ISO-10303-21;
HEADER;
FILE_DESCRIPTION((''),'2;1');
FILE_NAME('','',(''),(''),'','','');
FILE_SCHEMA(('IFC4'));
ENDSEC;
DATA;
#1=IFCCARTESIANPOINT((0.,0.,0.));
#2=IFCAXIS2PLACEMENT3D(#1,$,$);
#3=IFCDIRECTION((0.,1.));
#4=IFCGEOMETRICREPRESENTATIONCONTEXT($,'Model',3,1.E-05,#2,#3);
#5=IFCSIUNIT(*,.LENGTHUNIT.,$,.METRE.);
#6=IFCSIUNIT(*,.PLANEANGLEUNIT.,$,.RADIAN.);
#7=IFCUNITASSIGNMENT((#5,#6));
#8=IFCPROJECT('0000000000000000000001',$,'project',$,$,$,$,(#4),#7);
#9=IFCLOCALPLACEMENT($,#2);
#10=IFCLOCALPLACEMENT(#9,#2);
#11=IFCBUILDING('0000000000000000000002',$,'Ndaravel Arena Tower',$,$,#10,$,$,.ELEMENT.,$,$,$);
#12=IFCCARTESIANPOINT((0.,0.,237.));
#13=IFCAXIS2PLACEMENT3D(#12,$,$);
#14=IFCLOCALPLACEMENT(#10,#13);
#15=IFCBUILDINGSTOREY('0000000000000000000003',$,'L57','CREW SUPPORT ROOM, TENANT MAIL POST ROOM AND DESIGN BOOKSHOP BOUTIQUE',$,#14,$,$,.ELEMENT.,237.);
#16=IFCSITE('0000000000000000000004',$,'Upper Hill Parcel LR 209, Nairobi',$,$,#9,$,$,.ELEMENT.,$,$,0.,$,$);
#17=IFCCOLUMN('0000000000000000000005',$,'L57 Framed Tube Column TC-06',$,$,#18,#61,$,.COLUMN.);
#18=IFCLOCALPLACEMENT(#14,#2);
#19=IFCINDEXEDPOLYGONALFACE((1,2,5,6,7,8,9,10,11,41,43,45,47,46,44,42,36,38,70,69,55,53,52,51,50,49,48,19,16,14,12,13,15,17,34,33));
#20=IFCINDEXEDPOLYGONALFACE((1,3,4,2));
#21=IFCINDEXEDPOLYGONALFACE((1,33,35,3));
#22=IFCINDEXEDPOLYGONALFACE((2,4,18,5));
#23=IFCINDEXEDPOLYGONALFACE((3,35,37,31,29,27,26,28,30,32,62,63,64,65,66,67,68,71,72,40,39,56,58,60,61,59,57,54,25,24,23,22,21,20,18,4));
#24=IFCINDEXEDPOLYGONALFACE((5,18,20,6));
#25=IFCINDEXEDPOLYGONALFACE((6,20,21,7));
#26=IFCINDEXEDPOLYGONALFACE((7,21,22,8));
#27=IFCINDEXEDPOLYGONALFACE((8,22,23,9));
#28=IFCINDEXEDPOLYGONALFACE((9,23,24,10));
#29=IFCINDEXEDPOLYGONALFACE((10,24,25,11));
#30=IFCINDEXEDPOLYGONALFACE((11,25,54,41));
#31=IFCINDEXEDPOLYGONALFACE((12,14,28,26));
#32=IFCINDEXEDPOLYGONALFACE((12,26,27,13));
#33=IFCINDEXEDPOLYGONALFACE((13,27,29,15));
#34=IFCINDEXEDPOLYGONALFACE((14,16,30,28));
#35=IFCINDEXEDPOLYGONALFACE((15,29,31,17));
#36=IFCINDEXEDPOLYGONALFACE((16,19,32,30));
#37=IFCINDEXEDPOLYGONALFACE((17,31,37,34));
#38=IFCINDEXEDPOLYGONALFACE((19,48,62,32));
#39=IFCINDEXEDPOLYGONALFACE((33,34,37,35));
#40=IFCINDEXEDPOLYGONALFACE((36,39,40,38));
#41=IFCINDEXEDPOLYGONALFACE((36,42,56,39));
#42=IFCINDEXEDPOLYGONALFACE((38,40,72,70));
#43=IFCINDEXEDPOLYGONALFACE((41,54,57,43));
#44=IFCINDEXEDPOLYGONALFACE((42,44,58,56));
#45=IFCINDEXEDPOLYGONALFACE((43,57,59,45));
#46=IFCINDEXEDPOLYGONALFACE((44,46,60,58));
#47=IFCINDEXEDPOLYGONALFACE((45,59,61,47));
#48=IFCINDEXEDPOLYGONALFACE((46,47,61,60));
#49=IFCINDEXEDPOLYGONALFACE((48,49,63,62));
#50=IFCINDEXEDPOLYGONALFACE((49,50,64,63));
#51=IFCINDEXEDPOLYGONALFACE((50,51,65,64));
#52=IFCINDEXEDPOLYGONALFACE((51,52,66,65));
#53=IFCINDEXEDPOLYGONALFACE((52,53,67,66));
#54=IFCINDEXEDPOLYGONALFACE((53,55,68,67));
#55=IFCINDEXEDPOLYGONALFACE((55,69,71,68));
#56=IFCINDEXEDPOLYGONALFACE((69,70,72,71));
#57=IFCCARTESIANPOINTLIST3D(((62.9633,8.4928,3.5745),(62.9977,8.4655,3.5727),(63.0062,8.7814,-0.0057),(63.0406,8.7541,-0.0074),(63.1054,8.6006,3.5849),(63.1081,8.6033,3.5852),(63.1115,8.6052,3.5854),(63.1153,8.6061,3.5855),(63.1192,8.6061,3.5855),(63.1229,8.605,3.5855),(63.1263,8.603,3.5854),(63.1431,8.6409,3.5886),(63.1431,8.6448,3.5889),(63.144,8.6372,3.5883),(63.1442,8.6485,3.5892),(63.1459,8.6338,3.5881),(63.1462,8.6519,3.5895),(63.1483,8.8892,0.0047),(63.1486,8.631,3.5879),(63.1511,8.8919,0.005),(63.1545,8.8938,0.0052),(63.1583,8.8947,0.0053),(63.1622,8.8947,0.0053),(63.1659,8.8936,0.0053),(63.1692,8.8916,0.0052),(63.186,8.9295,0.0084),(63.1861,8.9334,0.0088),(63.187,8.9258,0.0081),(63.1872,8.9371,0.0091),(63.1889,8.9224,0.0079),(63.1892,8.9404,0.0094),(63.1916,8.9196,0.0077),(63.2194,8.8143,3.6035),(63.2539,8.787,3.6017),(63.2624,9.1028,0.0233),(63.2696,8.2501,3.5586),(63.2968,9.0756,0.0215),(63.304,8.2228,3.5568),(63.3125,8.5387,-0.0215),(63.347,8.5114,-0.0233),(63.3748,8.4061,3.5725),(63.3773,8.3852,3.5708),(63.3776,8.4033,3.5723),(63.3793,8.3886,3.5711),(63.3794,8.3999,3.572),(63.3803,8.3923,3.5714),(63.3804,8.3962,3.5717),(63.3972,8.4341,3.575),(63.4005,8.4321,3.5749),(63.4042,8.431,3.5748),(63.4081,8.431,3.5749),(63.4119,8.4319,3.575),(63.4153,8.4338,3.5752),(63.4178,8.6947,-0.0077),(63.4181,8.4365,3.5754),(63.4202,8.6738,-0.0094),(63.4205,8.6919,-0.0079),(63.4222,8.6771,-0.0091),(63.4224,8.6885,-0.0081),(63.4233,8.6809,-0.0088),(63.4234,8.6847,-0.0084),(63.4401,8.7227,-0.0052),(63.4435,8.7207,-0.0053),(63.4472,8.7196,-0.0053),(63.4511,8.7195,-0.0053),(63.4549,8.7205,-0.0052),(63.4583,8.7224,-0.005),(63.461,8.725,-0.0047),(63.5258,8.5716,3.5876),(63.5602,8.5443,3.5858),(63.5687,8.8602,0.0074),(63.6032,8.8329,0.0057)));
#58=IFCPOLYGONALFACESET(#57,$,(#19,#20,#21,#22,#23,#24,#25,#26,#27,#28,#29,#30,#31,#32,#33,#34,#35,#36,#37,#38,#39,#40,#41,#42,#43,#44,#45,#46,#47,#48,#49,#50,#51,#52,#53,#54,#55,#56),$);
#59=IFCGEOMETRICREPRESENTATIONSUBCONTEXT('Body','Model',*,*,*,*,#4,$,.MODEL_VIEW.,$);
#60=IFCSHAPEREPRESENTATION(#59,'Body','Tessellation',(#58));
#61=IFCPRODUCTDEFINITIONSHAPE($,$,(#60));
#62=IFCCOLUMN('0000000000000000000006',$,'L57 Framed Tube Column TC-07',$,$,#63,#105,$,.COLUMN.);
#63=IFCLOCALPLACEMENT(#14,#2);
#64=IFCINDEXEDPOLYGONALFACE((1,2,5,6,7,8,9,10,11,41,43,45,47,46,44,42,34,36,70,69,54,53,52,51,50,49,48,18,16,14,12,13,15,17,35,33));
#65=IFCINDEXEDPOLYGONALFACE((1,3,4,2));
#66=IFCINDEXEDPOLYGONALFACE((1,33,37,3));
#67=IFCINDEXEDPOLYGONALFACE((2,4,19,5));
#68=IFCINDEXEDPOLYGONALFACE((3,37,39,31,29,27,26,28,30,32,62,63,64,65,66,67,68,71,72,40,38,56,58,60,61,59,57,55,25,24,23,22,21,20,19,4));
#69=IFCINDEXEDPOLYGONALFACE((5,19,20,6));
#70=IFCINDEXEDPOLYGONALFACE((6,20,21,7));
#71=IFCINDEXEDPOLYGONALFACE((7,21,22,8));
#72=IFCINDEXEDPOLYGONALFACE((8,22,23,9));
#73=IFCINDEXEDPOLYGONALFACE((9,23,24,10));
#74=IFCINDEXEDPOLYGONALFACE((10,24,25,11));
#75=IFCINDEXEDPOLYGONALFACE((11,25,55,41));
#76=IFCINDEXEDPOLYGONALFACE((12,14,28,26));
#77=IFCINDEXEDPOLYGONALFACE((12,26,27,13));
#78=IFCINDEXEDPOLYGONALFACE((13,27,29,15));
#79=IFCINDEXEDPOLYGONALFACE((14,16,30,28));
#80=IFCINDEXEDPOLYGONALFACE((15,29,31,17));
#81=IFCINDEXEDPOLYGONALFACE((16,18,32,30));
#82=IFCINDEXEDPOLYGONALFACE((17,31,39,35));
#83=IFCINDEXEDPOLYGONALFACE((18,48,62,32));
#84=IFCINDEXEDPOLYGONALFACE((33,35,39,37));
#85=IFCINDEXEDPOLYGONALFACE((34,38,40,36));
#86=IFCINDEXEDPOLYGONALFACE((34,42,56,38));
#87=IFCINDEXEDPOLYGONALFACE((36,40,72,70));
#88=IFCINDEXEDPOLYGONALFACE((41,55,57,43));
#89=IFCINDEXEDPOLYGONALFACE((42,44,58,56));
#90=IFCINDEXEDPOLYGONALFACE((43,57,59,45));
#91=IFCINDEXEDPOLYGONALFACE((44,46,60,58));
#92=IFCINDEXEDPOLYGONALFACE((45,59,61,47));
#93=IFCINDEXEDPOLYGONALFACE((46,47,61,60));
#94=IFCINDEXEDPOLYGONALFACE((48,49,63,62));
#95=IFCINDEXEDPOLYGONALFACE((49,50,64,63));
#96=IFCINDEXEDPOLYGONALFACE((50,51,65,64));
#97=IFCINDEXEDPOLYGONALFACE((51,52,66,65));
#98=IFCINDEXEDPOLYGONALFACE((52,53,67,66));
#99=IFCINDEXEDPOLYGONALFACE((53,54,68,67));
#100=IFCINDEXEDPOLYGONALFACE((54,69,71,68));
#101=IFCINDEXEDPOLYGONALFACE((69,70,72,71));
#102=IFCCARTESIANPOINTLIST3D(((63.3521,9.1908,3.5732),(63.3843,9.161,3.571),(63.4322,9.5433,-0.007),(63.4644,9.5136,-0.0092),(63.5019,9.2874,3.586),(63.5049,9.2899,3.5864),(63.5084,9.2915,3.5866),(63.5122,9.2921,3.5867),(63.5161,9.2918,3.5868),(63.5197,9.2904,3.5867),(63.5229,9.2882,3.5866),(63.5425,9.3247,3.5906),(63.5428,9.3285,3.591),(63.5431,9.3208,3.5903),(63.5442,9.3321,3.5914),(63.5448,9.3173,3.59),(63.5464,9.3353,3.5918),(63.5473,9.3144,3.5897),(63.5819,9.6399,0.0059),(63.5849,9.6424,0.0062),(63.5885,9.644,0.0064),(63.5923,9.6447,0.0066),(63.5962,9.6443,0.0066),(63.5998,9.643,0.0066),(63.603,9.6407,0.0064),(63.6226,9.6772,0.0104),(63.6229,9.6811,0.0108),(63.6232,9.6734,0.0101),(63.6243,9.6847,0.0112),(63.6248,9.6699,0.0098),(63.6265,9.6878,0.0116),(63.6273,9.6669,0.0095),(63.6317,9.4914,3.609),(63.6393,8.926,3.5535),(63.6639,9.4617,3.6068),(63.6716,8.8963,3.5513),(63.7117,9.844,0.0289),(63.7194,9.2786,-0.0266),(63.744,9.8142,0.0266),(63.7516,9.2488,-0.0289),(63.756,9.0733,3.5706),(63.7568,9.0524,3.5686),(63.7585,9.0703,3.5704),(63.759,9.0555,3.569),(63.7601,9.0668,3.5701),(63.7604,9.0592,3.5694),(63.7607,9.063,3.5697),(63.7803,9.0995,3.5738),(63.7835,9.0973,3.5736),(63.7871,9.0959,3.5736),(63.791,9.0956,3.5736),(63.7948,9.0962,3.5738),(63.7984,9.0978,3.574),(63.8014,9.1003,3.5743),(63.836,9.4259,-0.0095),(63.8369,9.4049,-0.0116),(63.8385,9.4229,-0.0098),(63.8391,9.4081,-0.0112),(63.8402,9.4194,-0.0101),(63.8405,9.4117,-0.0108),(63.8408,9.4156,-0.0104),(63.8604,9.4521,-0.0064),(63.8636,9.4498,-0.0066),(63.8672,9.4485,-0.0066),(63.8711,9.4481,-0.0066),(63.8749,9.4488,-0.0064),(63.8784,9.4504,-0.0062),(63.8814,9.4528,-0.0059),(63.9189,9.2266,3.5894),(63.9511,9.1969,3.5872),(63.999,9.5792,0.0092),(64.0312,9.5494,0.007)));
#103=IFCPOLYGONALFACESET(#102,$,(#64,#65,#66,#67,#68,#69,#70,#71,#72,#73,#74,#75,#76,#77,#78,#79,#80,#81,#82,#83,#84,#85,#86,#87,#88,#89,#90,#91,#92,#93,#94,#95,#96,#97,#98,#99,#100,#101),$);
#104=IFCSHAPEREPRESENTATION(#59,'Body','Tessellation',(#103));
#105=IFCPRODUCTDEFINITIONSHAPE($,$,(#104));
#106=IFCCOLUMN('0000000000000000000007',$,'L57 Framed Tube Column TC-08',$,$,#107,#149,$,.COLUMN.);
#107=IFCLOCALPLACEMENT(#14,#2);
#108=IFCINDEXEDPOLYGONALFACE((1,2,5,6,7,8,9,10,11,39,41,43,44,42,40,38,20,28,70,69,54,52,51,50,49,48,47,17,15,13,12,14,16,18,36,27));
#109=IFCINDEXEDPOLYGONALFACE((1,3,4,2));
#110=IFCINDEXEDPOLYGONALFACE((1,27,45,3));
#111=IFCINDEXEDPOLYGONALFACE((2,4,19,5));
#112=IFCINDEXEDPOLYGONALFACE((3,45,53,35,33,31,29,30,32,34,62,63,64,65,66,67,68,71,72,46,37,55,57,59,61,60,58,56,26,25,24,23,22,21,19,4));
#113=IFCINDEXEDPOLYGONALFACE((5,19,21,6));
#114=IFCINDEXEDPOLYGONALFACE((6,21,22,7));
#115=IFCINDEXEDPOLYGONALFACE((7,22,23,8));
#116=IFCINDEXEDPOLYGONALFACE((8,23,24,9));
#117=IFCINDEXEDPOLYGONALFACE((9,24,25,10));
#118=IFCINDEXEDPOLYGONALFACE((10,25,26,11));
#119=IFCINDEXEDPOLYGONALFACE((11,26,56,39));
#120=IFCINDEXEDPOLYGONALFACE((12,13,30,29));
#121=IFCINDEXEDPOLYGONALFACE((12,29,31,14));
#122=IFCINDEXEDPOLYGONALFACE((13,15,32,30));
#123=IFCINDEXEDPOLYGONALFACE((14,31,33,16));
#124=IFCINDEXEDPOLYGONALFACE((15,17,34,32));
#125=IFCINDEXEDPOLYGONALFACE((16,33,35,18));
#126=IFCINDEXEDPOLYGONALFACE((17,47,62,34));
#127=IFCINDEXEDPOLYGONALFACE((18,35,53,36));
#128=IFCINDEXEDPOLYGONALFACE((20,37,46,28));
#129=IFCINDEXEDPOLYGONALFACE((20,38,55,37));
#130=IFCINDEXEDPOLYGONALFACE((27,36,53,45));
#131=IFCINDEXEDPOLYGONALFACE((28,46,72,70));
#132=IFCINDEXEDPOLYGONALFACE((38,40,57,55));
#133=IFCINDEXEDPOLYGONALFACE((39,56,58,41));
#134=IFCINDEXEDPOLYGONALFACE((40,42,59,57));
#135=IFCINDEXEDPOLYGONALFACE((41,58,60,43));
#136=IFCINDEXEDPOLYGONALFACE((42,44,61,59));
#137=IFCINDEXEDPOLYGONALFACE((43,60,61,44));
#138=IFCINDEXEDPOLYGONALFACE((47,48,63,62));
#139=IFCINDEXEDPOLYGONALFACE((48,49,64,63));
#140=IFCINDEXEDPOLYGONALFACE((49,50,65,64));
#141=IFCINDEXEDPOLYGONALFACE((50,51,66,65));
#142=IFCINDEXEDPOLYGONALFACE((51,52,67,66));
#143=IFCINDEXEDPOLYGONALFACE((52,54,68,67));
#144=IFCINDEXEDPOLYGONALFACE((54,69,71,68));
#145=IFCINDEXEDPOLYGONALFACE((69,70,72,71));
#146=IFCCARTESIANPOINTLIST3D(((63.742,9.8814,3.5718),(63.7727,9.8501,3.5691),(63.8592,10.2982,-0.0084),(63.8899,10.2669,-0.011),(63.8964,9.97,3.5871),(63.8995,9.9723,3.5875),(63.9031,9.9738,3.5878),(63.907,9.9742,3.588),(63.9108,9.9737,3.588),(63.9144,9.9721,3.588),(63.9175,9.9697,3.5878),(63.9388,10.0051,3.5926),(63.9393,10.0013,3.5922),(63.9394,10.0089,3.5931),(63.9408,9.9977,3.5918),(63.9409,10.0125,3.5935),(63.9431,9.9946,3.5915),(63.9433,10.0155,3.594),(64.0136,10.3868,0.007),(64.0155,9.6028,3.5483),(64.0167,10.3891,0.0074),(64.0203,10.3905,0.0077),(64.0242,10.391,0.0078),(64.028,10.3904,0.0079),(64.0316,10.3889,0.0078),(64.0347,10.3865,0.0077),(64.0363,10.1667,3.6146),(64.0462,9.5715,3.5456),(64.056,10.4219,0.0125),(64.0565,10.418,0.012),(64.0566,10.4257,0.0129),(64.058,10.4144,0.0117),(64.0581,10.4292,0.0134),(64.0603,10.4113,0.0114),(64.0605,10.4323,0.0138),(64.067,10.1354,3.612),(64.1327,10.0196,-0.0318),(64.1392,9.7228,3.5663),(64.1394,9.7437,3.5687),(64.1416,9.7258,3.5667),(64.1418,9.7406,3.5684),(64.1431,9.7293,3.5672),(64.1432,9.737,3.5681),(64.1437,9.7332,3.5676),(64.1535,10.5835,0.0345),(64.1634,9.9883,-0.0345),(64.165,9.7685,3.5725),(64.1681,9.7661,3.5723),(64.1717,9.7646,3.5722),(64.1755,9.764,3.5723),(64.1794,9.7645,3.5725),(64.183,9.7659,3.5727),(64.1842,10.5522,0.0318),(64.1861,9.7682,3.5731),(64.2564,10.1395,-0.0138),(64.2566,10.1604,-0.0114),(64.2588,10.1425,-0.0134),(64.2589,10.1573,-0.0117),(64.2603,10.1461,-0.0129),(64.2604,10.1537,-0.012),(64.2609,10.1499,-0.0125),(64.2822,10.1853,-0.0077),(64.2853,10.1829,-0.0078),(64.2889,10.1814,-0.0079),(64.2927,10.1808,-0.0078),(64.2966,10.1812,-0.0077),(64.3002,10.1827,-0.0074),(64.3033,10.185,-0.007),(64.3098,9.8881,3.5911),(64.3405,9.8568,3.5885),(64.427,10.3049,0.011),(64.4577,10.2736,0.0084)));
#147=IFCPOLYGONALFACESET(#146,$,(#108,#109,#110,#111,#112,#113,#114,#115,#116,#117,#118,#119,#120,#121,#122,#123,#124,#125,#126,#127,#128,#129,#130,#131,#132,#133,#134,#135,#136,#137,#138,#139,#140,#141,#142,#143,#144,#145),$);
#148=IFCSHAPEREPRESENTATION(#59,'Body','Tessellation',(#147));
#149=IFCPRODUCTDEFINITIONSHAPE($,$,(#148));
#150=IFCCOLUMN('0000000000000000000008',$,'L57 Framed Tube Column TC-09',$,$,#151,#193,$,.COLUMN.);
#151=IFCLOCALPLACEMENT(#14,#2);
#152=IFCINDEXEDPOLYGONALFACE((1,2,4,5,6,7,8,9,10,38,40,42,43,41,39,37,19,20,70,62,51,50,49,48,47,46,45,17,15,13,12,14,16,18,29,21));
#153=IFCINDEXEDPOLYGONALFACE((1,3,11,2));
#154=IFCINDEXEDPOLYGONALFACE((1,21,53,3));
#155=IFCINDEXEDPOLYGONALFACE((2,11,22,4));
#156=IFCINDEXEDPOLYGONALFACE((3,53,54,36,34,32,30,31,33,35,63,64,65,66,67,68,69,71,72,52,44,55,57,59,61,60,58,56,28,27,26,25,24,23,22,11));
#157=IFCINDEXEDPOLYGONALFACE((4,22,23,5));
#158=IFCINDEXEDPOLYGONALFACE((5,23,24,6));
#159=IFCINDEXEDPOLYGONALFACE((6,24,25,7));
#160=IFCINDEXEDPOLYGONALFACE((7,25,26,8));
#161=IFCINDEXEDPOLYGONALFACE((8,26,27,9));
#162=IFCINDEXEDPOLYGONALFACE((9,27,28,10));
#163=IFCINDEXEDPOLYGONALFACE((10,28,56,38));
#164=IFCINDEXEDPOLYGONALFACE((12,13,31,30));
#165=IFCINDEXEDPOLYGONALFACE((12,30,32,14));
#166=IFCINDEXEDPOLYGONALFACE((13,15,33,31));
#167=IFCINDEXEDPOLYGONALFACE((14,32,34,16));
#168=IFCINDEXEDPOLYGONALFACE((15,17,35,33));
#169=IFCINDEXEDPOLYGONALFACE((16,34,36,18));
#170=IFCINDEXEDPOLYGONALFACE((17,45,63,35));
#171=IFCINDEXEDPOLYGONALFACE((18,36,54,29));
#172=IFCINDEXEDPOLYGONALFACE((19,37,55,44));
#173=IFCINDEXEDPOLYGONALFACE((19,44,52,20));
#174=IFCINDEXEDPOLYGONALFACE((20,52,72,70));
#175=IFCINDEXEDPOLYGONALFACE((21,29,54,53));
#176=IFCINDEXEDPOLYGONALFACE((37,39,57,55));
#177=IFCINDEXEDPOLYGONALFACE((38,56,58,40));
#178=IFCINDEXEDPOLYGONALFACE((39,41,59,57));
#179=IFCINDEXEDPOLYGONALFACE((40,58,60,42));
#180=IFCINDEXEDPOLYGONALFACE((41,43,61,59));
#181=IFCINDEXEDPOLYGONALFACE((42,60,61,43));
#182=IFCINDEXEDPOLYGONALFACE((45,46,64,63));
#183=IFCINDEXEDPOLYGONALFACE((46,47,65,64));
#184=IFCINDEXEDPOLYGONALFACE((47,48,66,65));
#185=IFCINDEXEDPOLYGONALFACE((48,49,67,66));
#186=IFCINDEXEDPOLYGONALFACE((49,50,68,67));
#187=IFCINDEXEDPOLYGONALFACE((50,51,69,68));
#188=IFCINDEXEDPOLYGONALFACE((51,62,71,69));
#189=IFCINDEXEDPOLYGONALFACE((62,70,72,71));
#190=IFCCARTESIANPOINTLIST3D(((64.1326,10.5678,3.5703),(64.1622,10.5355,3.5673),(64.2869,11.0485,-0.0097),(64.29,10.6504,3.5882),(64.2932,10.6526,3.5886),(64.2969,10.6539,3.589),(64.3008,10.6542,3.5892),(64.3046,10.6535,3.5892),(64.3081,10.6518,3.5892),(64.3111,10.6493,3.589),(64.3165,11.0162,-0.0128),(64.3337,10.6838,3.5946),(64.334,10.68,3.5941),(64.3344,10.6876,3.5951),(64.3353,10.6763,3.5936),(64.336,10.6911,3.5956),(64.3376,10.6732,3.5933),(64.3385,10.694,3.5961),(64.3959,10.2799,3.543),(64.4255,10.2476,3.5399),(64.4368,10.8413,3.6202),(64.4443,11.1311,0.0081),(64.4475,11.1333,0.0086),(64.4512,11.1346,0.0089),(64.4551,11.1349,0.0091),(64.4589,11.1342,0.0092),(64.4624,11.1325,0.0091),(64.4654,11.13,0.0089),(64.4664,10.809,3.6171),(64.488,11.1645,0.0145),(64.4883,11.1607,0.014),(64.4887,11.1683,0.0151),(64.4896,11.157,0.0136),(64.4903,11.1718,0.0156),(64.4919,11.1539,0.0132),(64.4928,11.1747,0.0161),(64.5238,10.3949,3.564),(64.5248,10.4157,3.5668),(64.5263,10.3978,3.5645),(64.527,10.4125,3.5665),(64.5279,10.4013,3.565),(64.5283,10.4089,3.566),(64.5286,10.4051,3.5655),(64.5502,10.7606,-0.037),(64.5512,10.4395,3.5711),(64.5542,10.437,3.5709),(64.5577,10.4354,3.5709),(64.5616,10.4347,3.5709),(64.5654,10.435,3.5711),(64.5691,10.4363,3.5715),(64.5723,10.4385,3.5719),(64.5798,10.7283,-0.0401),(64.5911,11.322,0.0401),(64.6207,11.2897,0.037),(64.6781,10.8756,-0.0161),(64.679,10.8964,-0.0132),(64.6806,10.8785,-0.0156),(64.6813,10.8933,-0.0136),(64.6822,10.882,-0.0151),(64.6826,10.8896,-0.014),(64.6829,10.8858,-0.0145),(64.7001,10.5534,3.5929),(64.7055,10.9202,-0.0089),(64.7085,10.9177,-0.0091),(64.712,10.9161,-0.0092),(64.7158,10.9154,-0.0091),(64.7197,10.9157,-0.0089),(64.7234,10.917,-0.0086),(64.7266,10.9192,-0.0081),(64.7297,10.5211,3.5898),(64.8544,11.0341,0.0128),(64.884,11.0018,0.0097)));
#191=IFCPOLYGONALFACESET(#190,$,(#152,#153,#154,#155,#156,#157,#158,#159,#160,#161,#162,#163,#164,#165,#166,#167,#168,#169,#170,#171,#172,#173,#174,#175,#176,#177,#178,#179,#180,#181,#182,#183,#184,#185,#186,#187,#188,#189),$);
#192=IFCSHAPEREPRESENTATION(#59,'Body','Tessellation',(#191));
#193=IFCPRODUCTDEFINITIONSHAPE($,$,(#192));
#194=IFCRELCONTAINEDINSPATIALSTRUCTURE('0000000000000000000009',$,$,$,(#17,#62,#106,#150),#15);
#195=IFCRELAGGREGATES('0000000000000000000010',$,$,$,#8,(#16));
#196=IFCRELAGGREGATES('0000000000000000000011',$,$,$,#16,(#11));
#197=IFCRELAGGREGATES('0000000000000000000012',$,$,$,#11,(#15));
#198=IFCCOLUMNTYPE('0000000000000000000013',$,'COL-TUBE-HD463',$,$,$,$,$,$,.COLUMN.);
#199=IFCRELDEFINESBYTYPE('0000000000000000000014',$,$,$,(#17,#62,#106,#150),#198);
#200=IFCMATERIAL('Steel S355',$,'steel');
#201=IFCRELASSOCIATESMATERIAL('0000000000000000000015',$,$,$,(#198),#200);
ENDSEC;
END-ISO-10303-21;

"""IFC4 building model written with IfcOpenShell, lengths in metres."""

from ifc_helpers import new_model, si_unit, direction, frame, origin, origin_2d, place, context, subcontext, project, spatial, i_section, extrude, material, material_profile, profile_set, type_object, element, save


model = new_model("IFC4")

# Units and contexts
model_context = context("Model", 3, precision=1e-05, world=origin(), true_north=direction((0.0, 1.0)))
body_context = subcontext(model_context, "Body", "Model", "MODEL_VIEW")
ifc_project = project(units=[si_unit("LENGTHUNIT", "METRE"), si_unit("PLANEANGLEUNIT", "RADIAN")], contexts=[model_context])

# Site, building, storey
site_placement = place(None, origin())
site = spatial("IfcSite", under=ifc_project, at=site_placement, Name="Upper Hill Parcel LR 209, Nairobi", CompositionType="ELEMENT", RefElevation=0.0)
building_placement = place(site_placement, origin())
building = spatial("IfcBuilding", under=site, at=building_placement, Name="Ndaravel Arena Tower", CompositionType="ELEMENT")
storey_placement = place(building_placement, frame((0.0, 0.0, 237.0)))
storey = spatial("IfcBuildingStorey", under=building, at=storey_placement, Name="L57", Description="CREW SUPPORT ROOM, TENANT MAIL POST ROOM AND DESIGN BOOKSHOP BOUTIQUE", CompositionType="ELEMENT", Elevation=237.0)

# Columns
ifc_material_1 = material(Name="Steel S355", Category="steel")
ifc_material_profile_1 = material_profile(ifc_material_1, i_section(OverallWidth=0.4121, OverallDepth=0.4351, WebThickness=0.0359, FlangeThickness=0.0439, FilletRadius=0.0149, at=origin_2d()), Name="HD 400x463")
ifc_profile_set_1 = profile_set([ifc_material_profile_1], Name="Steel S355")
column_type = type_object("IfcColumnType", Name="COL-TUBE-HD463", PredefinedType="COLUMN", material=ifc_profile_set_1)
column_1_placement = place(storey_placement, frame((63.3047, 8.8071, 0.0), z_axis=(-0.011963, -0.080339, 0.996696), x_axis=(0.621671, 0.780113, 0.070343)))
element("IfcColumn", 1, at=column_1_placement, inside=storey, type_object=column_type, Name="L57 Framed Tube Column TC-06", PredefinedType="COLUMN", context=body_context, shape_type="SweptSolid", body=[
    extrude(i_section(OverallWidth=0.4121, OverallDepth=0.4351, WebThickness=0.0359, FlangeThickness=0.0439, FilletRadius=0.0149, at=origin_2d()), origin(), (0.0, 0.0, 1.0), 3.592),
])
column_2_placement = place(storey_placement, frame((63.7317, 9.5464, 0.0), z_axis=(-0.022255, -0.097974, 0.99494), x_axis=(0.678437, 0.729487, 0.08701)))
element("IfcColumn", 2, at=column_2_placement, inside=storey, type_object=column_type, Name="L57 Framed Tube Column TC-07", PredefinedType="COLUMN", context=body_context, shape_type="SweptSolid", body=[
    extrude(i_section(OverallWidth=0.4121, OverallDepth=0.4351, WebThickness=0.0359, FlangeThickness=0.0439, FilletRadius=0.0149, at=origin_2d()), origin(), (0.0, 0.0, 1.0), 3.5984),
])
column_3_placement = place(storey_placement, frame((64.1584, 10.2859, 0.0), z_axis=(-0.032497, -0.115566, 0.992768), x_axis=(0.714067, 0.692315, 0.103964)))
element("IfcColumn", 3, at=column_3_placement, inside=storey, type_object=column_type, Name="L57 Framed Tube Column TC-08", PredefinedType="COLUMN", context=body_context, shape_type="SweptSolid", body=[
    extrude(i_section(OverallWidth=0.4121, OverallDepth=0.4351, WebThickness=0.0359, FlangeThickness=0.0439, FilletRadius=0.0149, at=origin_2d()), origin(), (0.0, 0.0, 1.0), 3.6062),
])
column_4_placement = place(storey_placement, frame((64.5854, 11.0251, 0.0), z_axis=(-0.042676, -0.132959, 0.990202), x_axis=(0.738157, 0.663702, 0.120932)))
element("IfcColumn", 4, at=column_4_placement, inside=storey, type_object=column_type, Name="L57 Framed Tube Column TC-09", PredefinedType="COLUMN", context=body_context, shape_type="SweptSolid", body=[
    extrude(i_section(OverallWidth=0.4121, OverallDepth=0.4351, WebThickness=0.0359, FlangeThickness=0.0439, FilletRadius=0.0149, at=origin_2d()), origin(), (0.0, 0.0, 1.0), 3.6155),
])

save(model, "model.ifc")
